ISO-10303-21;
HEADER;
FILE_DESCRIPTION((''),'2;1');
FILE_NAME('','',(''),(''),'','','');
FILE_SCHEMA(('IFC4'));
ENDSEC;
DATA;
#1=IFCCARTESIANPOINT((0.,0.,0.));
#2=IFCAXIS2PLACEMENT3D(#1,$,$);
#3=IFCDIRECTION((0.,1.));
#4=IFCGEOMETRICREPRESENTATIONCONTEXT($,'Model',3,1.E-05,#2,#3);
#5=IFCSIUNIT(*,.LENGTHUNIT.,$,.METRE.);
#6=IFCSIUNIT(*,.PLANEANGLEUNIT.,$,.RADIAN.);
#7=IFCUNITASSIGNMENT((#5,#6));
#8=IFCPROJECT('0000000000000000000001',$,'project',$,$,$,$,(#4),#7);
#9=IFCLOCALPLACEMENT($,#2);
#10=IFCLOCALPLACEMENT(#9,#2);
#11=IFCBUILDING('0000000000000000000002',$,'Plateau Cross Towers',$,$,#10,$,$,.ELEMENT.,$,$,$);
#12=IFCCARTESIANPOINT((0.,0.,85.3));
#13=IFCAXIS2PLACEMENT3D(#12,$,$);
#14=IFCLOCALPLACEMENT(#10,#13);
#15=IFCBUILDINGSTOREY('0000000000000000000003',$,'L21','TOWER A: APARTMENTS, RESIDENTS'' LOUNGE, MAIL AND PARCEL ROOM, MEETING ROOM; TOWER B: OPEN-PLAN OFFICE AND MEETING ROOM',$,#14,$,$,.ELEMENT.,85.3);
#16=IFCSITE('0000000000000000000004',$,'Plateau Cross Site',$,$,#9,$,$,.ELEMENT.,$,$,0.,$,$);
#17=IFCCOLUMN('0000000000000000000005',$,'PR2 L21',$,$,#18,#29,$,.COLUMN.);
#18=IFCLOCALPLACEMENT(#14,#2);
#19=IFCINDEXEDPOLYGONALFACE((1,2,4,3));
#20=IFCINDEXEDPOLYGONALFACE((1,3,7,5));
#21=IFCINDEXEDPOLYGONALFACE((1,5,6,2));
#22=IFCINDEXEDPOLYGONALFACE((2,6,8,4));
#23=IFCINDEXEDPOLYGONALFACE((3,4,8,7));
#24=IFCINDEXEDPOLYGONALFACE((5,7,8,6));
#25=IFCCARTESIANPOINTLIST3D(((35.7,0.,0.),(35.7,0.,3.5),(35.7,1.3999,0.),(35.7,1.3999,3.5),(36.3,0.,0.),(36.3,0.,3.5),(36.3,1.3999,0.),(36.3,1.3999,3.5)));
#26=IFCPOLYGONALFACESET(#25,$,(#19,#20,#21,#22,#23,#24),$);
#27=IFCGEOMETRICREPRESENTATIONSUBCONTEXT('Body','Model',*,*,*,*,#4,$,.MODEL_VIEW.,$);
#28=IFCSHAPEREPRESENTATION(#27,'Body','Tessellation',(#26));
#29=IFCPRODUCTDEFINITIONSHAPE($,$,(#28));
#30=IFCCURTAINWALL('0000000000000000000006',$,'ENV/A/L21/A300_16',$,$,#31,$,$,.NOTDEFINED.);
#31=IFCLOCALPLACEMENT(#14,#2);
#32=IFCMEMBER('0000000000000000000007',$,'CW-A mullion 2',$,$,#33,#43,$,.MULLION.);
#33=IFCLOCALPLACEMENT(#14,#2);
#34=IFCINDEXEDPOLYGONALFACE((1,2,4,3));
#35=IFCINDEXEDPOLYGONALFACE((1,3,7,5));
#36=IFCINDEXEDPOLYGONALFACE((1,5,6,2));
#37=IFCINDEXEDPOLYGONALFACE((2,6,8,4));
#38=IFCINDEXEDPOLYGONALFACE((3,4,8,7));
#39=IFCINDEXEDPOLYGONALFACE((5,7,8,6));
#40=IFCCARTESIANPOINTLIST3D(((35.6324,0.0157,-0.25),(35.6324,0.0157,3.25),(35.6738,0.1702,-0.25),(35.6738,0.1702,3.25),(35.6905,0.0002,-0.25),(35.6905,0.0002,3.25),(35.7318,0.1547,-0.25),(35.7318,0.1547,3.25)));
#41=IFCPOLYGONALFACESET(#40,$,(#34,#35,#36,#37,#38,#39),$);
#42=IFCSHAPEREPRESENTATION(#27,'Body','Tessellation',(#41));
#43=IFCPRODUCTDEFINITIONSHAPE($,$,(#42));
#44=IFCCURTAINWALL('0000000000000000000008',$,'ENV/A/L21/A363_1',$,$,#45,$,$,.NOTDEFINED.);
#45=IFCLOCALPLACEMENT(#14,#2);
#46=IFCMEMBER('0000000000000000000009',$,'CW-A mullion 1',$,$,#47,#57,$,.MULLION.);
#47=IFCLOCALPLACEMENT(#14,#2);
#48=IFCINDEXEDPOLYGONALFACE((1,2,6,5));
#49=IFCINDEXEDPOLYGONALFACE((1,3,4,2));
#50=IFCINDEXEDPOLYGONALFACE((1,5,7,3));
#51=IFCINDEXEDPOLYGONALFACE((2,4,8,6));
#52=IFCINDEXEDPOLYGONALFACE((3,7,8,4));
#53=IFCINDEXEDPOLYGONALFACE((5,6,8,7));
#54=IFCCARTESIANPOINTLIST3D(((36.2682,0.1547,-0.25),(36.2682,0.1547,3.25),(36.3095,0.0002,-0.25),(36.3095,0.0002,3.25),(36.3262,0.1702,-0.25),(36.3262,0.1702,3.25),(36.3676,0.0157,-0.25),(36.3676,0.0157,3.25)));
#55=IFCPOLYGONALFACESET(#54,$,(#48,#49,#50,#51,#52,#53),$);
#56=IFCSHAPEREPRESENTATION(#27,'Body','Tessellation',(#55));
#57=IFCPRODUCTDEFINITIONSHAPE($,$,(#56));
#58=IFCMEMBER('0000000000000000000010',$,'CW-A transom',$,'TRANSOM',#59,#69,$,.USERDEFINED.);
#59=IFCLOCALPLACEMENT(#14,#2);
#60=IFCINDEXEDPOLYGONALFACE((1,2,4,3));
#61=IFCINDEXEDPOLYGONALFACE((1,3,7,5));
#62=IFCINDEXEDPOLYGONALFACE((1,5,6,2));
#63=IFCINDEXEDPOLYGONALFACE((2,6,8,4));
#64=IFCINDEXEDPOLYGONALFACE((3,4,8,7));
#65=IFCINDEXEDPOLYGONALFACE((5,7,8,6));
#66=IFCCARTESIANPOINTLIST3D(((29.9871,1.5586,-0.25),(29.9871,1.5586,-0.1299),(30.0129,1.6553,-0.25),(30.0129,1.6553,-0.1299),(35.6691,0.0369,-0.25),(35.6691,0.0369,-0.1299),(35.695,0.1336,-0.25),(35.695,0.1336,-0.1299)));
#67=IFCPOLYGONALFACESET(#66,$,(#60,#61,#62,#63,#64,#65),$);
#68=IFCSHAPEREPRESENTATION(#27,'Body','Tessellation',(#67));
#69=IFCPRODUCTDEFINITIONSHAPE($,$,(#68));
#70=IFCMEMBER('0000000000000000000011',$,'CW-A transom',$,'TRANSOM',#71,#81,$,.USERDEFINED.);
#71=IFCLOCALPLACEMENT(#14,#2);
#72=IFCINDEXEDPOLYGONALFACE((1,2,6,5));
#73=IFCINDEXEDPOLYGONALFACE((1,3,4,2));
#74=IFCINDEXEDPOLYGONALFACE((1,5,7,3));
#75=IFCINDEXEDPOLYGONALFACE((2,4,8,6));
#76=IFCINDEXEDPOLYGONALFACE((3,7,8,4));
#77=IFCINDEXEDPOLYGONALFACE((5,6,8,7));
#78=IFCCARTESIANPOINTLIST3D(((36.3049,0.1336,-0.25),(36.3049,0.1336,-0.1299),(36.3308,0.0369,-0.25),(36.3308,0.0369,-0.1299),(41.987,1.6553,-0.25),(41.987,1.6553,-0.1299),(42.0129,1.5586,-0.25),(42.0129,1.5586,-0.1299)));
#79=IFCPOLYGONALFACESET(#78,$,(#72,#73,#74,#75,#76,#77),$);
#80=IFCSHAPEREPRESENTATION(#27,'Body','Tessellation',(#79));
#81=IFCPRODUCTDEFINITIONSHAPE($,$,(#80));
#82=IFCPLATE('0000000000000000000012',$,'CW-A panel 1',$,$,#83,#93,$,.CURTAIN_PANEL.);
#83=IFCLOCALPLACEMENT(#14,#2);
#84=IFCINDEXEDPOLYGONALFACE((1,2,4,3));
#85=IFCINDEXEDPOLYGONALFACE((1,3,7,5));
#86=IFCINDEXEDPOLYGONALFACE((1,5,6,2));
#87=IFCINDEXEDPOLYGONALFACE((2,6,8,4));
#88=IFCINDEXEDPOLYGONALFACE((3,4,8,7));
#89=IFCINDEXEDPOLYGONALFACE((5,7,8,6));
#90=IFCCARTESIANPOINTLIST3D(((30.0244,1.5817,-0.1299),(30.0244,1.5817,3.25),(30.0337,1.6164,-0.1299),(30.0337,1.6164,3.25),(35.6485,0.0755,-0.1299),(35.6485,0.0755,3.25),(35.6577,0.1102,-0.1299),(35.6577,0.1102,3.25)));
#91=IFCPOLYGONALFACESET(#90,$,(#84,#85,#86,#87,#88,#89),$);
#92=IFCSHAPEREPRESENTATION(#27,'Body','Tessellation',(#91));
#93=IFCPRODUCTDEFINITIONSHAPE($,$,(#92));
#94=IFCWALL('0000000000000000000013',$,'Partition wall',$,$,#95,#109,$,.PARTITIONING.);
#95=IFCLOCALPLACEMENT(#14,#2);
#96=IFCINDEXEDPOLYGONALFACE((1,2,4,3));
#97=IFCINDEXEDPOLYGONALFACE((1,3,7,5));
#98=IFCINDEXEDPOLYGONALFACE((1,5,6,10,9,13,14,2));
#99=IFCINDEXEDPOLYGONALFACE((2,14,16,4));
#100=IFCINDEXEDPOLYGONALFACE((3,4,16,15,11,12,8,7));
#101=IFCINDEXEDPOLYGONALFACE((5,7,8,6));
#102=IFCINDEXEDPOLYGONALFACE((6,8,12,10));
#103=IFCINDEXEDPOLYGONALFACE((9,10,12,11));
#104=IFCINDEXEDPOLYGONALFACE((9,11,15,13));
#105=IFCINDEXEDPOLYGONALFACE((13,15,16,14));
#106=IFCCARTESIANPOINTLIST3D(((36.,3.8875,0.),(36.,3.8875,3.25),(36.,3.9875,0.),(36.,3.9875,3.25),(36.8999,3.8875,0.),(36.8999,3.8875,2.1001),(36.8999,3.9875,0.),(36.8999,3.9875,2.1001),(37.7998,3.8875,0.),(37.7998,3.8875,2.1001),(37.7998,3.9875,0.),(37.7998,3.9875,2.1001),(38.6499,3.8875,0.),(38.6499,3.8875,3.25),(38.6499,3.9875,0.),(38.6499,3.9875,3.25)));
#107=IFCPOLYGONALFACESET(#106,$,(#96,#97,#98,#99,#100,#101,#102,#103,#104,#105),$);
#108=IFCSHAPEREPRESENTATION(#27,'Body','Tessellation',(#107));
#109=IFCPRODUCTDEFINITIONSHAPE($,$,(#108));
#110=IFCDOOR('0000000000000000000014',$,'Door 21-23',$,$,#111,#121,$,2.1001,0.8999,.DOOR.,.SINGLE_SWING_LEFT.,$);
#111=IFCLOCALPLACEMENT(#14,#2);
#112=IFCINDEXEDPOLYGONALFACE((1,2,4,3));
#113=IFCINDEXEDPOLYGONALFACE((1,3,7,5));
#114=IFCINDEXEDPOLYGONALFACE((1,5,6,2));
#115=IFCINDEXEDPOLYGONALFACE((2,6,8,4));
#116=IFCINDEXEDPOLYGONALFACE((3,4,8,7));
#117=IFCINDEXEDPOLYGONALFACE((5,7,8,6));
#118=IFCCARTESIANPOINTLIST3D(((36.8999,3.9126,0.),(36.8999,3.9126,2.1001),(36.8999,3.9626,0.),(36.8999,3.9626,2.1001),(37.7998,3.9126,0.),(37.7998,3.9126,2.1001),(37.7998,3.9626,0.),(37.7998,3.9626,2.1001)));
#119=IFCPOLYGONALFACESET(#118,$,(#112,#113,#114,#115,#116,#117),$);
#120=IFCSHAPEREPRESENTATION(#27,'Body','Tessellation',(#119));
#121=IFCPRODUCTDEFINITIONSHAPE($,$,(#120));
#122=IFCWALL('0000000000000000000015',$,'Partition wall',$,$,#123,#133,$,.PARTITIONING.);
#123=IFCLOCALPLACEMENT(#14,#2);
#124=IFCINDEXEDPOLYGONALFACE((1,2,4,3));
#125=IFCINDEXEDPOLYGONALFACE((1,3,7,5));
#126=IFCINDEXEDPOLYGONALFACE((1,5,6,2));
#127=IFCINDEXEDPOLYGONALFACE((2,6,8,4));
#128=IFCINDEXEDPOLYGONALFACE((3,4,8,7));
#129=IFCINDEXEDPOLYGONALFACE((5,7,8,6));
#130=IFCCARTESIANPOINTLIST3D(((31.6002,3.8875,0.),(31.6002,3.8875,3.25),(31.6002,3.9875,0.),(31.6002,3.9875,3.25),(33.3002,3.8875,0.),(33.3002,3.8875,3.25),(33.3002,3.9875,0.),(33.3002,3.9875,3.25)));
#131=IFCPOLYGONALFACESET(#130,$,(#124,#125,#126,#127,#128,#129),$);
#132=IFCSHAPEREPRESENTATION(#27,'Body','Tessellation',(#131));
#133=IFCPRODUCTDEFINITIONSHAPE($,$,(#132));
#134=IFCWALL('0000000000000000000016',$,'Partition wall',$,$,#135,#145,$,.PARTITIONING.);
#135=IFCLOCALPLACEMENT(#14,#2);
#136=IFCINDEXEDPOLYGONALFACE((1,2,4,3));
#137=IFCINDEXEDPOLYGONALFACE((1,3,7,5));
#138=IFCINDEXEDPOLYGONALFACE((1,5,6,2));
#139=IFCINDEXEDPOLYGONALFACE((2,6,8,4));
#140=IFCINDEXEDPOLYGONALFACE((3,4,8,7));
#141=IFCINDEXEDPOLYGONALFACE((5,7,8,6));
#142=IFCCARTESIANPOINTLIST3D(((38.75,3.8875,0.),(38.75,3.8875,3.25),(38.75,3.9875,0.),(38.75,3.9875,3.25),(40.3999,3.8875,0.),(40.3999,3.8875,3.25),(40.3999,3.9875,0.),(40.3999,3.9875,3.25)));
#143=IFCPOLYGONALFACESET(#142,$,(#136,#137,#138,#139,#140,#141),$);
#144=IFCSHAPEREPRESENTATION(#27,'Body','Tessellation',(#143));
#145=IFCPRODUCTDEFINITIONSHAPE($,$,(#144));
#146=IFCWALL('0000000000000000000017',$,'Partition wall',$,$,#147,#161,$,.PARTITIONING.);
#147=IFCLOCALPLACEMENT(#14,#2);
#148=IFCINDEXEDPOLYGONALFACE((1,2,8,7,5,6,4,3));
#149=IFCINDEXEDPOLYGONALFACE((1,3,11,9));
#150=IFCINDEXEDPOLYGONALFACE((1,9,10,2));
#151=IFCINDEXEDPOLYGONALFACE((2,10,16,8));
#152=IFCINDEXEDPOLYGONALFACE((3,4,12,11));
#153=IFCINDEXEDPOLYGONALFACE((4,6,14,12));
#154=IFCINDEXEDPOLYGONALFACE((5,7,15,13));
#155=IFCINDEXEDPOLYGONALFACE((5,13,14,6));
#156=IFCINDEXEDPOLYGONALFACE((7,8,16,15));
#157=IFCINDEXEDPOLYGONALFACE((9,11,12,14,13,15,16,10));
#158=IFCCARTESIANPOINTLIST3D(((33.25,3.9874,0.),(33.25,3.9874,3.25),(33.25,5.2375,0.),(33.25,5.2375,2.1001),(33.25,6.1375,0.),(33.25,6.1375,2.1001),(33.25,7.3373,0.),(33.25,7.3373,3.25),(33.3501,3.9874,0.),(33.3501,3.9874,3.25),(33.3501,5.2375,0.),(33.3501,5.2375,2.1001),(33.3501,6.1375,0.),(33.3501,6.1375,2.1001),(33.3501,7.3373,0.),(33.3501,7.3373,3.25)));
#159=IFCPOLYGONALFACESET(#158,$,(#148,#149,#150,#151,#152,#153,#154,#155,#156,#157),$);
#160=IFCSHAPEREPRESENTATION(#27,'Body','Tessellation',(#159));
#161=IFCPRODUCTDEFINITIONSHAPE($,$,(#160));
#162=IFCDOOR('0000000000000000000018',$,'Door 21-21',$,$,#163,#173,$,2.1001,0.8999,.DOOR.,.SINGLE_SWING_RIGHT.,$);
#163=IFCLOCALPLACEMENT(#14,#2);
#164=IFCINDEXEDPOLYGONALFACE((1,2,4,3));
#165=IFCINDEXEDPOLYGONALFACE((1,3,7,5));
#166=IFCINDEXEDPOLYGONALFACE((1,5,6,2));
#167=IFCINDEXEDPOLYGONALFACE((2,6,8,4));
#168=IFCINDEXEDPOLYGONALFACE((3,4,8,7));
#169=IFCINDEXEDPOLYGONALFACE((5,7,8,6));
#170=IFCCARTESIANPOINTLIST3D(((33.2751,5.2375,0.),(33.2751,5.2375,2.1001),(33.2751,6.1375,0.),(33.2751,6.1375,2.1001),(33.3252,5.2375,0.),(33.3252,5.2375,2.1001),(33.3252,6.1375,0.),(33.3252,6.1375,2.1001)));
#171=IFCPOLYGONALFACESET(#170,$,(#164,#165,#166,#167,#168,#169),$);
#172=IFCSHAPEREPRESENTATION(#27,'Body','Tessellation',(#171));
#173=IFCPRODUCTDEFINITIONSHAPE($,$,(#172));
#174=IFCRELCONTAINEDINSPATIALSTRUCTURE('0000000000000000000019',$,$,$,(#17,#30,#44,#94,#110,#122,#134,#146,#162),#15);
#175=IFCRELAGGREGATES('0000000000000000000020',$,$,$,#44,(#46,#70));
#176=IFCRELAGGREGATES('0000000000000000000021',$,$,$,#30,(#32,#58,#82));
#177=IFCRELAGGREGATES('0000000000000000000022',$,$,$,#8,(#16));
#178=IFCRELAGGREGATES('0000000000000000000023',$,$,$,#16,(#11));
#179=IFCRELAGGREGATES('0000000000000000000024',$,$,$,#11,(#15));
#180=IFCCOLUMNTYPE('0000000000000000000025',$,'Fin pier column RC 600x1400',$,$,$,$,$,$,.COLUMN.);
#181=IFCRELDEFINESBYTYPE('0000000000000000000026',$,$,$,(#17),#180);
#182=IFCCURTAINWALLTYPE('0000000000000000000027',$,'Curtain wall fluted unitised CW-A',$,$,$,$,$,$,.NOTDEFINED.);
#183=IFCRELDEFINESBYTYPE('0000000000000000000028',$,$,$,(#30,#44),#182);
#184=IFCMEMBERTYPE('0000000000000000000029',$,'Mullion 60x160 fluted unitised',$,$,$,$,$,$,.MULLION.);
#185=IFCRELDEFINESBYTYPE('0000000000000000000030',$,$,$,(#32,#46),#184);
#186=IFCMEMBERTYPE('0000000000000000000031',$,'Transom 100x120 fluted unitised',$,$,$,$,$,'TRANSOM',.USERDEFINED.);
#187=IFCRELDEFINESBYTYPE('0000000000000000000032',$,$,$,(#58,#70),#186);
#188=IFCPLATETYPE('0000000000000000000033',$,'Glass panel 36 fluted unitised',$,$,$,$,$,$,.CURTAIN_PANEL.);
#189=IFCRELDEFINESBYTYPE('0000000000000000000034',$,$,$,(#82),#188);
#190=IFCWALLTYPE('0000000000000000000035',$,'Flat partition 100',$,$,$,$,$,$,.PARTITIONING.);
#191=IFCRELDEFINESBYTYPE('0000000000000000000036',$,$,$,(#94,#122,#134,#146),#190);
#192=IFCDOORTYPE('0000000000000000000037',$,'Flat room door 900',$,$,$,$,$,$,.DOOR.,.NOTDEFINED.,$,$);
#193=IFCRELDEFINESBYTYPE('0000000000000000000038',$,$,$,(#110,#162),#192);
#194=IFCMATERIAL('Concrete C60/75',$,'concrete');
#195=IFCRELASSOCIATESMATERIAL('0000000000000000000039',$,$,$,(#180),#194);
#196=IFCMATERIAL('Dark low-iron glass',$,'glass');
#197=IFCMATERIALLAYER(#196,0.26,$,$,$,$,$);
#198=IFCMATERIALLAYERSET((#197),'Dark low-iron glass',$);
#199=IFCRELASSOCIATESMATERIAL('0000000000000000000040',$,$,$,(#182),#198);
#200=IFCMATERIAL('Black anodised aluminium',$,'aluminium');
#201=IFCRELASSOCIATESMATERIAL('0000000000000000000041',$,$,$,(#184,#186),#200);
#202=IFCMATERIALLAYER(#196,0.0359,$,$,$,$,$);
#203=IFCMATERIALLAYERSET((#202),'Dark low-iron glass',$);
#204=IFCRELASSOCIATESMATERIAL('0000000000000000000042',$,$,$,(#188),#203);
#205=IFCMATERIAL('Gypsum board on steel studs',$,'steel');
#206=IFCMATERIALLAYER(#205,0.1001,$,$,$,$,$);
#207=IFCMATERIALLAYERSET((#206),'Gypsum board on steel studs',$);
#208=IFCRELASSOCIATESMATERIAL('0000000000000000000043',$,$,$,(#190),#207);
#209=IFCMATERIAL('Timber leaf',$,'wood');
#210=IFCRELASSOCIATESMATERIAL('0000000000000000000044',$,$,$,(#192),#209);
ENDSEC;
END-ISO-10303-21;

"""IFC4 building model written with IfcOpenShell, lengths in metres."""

from ifc_helpers import new_model, si_unit, direction, frame, frame_2d, origin, origin_2d, place, context, subcontext, project, spatial, rectangle, extrude, material, layer, layer_set, material_profile, profile_set, type_object, element, fill, aggregate, save


model = new_model("IFC4")

# Units and contexts
model_context = context("Model", 3, precision=1e-05, world=origin(), true_north=direction((0.0, 1.0)))
body_context = subcontext(model_context, "Body", "Model", "MODEL_VIEW")
ifc_project = project(units=[si_unit("LENGTHUNIT", "METRE"), si_unit("PLANEANGLEUNIT", "RADIAN")], contexts=[model_context])

# Site, building, storey
site_placement = place(None, origin())
site = spatial("IfcSite", under=ifc_project, at=site_placement, Name="Plateau Cross Site", CompositionType="ELEMENT", RefElevation=0.0)
building_placement = place(site_placement, origin())
building = spatial("IfcBuilding", under=site, at=building_placement, Name="Plateau Cross Towers", CompositionType="ELEMENT")
storey_placement = place(building_placement, frame((0.0, 0.0, 85.3)))
storey = spatial("IfcBuildingStorey", under=building, at=storey_placement, Name="L21", Description="TOWER A: APARTMENTS, RESIDENTS' LOUNGE, MAIL AND PARCEL ROOM, MEETING ROOM; TOWER B: OPEN-PLAN OFFICE AND MEETING ROOM", CompositionType="ELEMENT", Elevation=85.3)

# Column
ifc_material_1 = material(Name="Concrete C60/75", Category="concrete")
ifc_material_profile_1 = material_profile(ifc_material_1, rectangle(XDim=0.6001, YDim=1.3999, at=origin_2d()), Name="RC 600x1400")
ifc_profile_set_1 = profile_set([ifc_material_profile_1], Name="Concrete C60/75")
column_type = type_object("IfcColumnType", Name="Fin pier column RC 600x1400", PredefinedType="COLUMN", material=ifc_profile_set_1)
column_placement = place(storey_placement, frame((36.0, 0.7, 0.0), z_axis=(0.0, 0.0, 1.0), x_axis=(1.0, 0.0, 0.0)))
element("IfcColumn", 1, at=column_placement, inside=storey, type_object=column_type, Name="PR2 L21", PredefinedType="COLUMN", context=body_context, shape_type="SweptSolid", body=[
    extrude(rectangle(XDim=0.6001, YDim=1.3999, at=origin_2d()), origin(), (0.0, 0.0, 1.0), 3.5),
])

# Curtain walls, members
ifc_material_2 = material(Name="Dark low-iron glass", Category="glass")
ifc_layer_1 = layer(ifc_material_2, 0.26)
ifc_layer_set_1 = layer_set([ifc_layer_1], Name="Dark low-iron glass")
curtain_wall_type = type_object("IfcCurtainWallType", Name="Curtain wall fluted unitised CW-A", PredefinedType="NOTDEFINED", material=ifc_layer_set_1)
curtain_wall_1_placement = place(storey_placement, origin())
curtain_wall_1 = element("IfcCurtainWall", 2, at=curtain_wall_1_placement, inside=storey, type_object=curtain_wall_type, Name="ENV/A/L21/A300_16", PredefinedType="NOTDEFINED")
ifc_material_3 = material(Name="Black anodised aluminium", Category="aluminium")
ifc_material_profile_2 = material_profile(ifc_material_3, rectangle(XDim=0.0601, YDim=0.1599, at=origin_2d()), Name="MULLION 60x160")
ifc_profile_set_2 = profile_set([ifc_material_profile_2], Name="Black anodised aluminium")
member_type_1 = type_object("IfcMemberType", Name="Mullion 60x160 fluted unitised", PredefinedType="MULLION", material=ifc_profile_set_2)
member_1_placement = place(storey_placement, frame((35.6821, 0.0852, -0.25), z_axis=(0.0, 0.0, 1.0), x_axis=(0.965958, -0.258699, 0.0)))
member_1 = element("IfcMember", 3, at=member_1_placement, type_object=member_type_1, Name="CW-A mullion 2", PredefinedType="MULLION", context=body_context, shape_type="SweptSolid", body=[
    extrude(rectangle(XDim=0.0601, YDim=0.1599, at=origin_2d()), origin(), (0.0, 0.0, 1.0), 3.5),
])
curtain_wall_2_placement = place(storey_placement, origin())
curtain_wall_2 = element("IfcCurtainWall", 4, at=curtain_wall_2_placement, inside=storey, type_object=curtain_wall_type, Name="ENV/A/L21/A363_1", PredefinedType="NOTDEFINED")
member_2_placement = place(storey_placement, frame((36.3179, 0.0852, -0.25), z_axis=(0.0, 0.0, 1.0), x_axis=(0.965958, 0.258699, 0.0)))
member_2 = element("IfcMember", 5, at=member_2_placement, type_object=member_type_1, Name="CW-A mullion 1", PredefinedType="MULLION", context=body_context, shape_type="SweptSolid", body=[
    extrude(rectangle(XDim=0.0601, YDim=0.1599, at=origin_2d()), origin(), (0.0, 0.0, 1.0), 3.5),
])

# Members
ifc_material_profile_3 = material_profile(ifc_material_3, rectangle(XDim=0.1001, YDim=0.1201, at=origin_2d()), Name="TRANSOM 100x120")
ifc_profile_set_3 = profile_set([ifc_material_profile_3], Name="Black anodised aluminium")
member_type_2 = type_object("IfcMemberType", Name="Transom 100x120 fluted unitised", ElementType="TRANSOM", PredefinedType="USERDEFINED", material=ifc_profile_set_3)
member_3_placement = place(storey_placement, frame((30.0, 1.6069, -0.1899), z_axis=(0.96596, -0.258693, 0.0), x_axis=(0.258693, 0.96596, 0.0)))
member_3 = element("IfcMember", 6, at=member_3_placement, type_object=member_type_2, Name="CW-A transom", ObjectType="TRANSOM", PredefinedType="USERDEFINED", context=body_context, shape_type="SweptSolid", body=[
    extrude(rectangle(XDim=0.1001, YDim=0.1201, at=origin_2d()), origin(), (0.0, 0.0, 1.0), 5.8823),
])
member_4_placement = place(storey_placement, frame((36.3179, 0.0852, -0.1899), z_axis=(0.96596, 0.258693, 0.0), x_axis=(-0.258693, 0.96596, 0.0)))
member_4 = element("IfcMember", 7, at=member_4_placement, type_object=member_type_2, Name="CW-A transom", ObjectType="TRANSOM", PredefinedType="USERDEFINED", context=body_context, shape_type="SweptSolid", body=[
    extrude(rectangle(XDim=0.1001, YDim=0.1201, at=origin_2d()), origin(), (0.0, 0.0, 1.0), 5.8823),
])
aggregate(curtain_wall_2, [member_2, member_4])

# Plate
ifc_layer_2 = layer(ifc_material_2, 0.0359)
ifc_layer_set_2 = layer_set([ifc_layer_2], Name="Dark low-iron glass")
plate_type = type_object("IfcPlateType", Name="Glass panel 36 fluted unitised", PredefinedType="CURTAIN_PANEL", material=ifc_layer_set_2)
plate_placement = place(storey_placement, frame((32.8411, 0.8459, -0.1299), z_axis=(0.0, 0.0, 1.0), x_axis=(0.965958, -0.258699, 0.0)))
plate = element("IfcPlate", 8, at=plate_placement, type_object=plate_type, Name="CW-A panel 1", PredefinedType="CURTAIN_PANEL", context=body_context, shape_type="SweptSolid", body=[
    extrude(rectangle(XDim=5.8223, YDim=0.0359, at=origin_2d()), origin(), (0.0, 0.0, 1.0), 3.3799),
])
aggregate(curtain_wall_1, [member_1, member_3, plate])

# Wall, opening, door
ifc_material_4 = material(Name="Gypsum board on steel studs", Category="steel")
ifc_layer_3 = layer(ifc_material_4, 0.1001)
ifc_layer_set_3 = layer_set([ifc_layer_3], Name="Gypsum board on steel studs")
wall_type_1 = type_object("IfcWallType", Name="Flat partition 100", PredefinedType="PARTITIONING", material=ifc_layer_set_3)
wall_1_placement = place(storey_placement, frame((38.6499, 3.9375, 0.0), z_axis=(0.0, 0.0, 1.0), x_axis=(-1.0, 0.0, 0.0)))
wall_1 = element("IfcWall", 9, at=wall_1_placement, inside=storey, type_object=wall_type_1, Name="Partition wall", PredefinedType="PARTITIONING", context=body_context, shape_type="SweptSolid", body=[
    extrude(rectangle(XDim=2.6499, YDim=0.1001, at=frame_2d((1.325, 0.0))), origin(), (0.0, 0.0, 1.0), 3.25),
])
opening_1_placement = place(wall_1_placement, frame((0.8501, 0.0, 0.0)))
opening_1 = element("IfcOpeningElement", 10, at=opening_1_placement, cuts=wall_1, PredefinedType="OPENING", context=body_context, shape_type="SweptSolid", body=[
    extrude(rectangle(XDim=0.8999, YDim=2.1001, at=frame_2d((0.45, 1.05))), frame((0.0, 0.0601, 0.0), z_axis=(0.0, -1.0, 0.0), x_axis=(1.0, 0.0, 0.0)), (0.0, 0.0, 1.0), 0.1201),
])
ifc_material_5 = material(Name="Timber leaf", Category="wood")
door_type = type_object("IfcDoorType", Name="Flat room door 900", OperationType="NOTDEFINED", PredefinedType="DOOR", material=ifc_material_5)
door_1_placement = place(opening_1_placement, origin())
door_1 = element("IfcDoor", 11, at=door_1_placement, inside=storey, type_object=door_type, Name="Door 21-23", OperationType="SINGLE_SWING_LEFT", OverallHeight=2.1001, OverallWidth=0.8999, PredefinedType="DOOR", context=body_context, shape_type="SweptSolid", body=[
    extrude(rectangle(XDim=0.8999, YDim=2.1001, at=frame_2d((0.45, 1.05))), frame((0.0, 0.0249, 0.0), z_axis=(0.0, -1.0, 0.0), x_axis=(1.0, 0.0, 0.0)), (0.0, 0.0, 1.0), 0.05),
])
fill(opening_1, door_1)

# Walls
wall_2_placement = place(storey_placement, frame((31.6001, 3.9375, 0.0), z_axis=(0.0, 0.0, 1.0), x_axis=(1.0, 0.0, 0.0)))
element("IfcWall", 12, at=wall_2_placement, inside=storey, type_object=wall_type_1, Name="Partition wall", PredefinedType="PARTITIONING", context=body_context, shape_type="SweptSolid", body=[
    extrude(rectangle(XDim=1.7, YDim=0.1001, at=frame_2d((0.8501, 0.0))), origin(), (0.0, 0.0, 1.0), 3.25),
])
wall_3_placement = place(storey_placement, frame((38.75, 3.9375, 0.0), z_axis=(0.0, 0.0, 1.0), x_axis=(1.0, 0.0, 0.0)))
element("IfcWall", 13, at=wall_3_placement, inside=storey, type_object=wall_type_1, Name="Partition wall", PredefinedType="PARTITIONING", context=body_context, shape_type="SweptSolid", body=[
    extrude(rectangle(XDim=1.6499, YDim=0.1001, at=frame_2d((0.825, 0.0))), origin(), (0.0, 0.0, 1.0), 3.25),
])

# Wall, opening, door
wall_4_placement = place(storey_placement, frame((33.3, 3.9875, 0.0), z_axis=(0.0, 0.0, 1.0), x_axis=(0.0, 1.0, 0.0)))
wall_4 = element("IfcWall", 14, at=wall_4_placement, inside=storey, type_object=wall_type_1, Name="Partition wall", PredefinedType="PARTITIONING", context=body_context, shape_type="SweptSolid", body=[
    extrude(rectangle(XDim=3.3499, YDim=0.1001, at=frame_2d((1.6748, 0.0))), origin(), (0.0, 0.0, 1.0), 3.25),
])
opening_2_placement = place(wall_4_placement, frame((1.25, 0.0, 0.0)))
opening_2 = element("IfcOpeningElement", 15, at=opening_2_placement, cuts=wall_4, PredefinedType="OPENING", context=body_context, shape_type="SweptSolid", body=[
    extrude(rectangle(XDim=0.8999, YDim=2.1001, at=frame_2d((0.45, 1.05))), frame((0.0, 0.0601, 0.0), z_axis=(0.0, -1.0, 0.0), x_axis=(1.0, 0.0, 0.0)), (0.0, 0.0, 1.0), 0.1201),
])
door_2_placement = place(opening_2_placement, origin())
door_2 = element("IfcDoor", 16, at=door_2_placement, inside=storey, type_object=door_type, Name="Door 21-21", OperationType="SINGLE_SWING_RIGHT", OverallHeight=2.1001, OverallWidth=0.8999, PredefinedType="DOOR", context=body_context, shape_type="SweptSolid", body=[
    extrude(rectangle(XDim=0.8999, YDim=2.1001, at=frame_2d((0.45, 1.05))), frame((0.0, 0.0249, 0.0), z_axis=(0.0, -1.0, 0.0), x_axis=(1.0, 0.0, 0.0)), (0.0, 0.0, 1.0), 0.05),
])
fill(opening_2, door_2)

save(model, "model.ifc")
